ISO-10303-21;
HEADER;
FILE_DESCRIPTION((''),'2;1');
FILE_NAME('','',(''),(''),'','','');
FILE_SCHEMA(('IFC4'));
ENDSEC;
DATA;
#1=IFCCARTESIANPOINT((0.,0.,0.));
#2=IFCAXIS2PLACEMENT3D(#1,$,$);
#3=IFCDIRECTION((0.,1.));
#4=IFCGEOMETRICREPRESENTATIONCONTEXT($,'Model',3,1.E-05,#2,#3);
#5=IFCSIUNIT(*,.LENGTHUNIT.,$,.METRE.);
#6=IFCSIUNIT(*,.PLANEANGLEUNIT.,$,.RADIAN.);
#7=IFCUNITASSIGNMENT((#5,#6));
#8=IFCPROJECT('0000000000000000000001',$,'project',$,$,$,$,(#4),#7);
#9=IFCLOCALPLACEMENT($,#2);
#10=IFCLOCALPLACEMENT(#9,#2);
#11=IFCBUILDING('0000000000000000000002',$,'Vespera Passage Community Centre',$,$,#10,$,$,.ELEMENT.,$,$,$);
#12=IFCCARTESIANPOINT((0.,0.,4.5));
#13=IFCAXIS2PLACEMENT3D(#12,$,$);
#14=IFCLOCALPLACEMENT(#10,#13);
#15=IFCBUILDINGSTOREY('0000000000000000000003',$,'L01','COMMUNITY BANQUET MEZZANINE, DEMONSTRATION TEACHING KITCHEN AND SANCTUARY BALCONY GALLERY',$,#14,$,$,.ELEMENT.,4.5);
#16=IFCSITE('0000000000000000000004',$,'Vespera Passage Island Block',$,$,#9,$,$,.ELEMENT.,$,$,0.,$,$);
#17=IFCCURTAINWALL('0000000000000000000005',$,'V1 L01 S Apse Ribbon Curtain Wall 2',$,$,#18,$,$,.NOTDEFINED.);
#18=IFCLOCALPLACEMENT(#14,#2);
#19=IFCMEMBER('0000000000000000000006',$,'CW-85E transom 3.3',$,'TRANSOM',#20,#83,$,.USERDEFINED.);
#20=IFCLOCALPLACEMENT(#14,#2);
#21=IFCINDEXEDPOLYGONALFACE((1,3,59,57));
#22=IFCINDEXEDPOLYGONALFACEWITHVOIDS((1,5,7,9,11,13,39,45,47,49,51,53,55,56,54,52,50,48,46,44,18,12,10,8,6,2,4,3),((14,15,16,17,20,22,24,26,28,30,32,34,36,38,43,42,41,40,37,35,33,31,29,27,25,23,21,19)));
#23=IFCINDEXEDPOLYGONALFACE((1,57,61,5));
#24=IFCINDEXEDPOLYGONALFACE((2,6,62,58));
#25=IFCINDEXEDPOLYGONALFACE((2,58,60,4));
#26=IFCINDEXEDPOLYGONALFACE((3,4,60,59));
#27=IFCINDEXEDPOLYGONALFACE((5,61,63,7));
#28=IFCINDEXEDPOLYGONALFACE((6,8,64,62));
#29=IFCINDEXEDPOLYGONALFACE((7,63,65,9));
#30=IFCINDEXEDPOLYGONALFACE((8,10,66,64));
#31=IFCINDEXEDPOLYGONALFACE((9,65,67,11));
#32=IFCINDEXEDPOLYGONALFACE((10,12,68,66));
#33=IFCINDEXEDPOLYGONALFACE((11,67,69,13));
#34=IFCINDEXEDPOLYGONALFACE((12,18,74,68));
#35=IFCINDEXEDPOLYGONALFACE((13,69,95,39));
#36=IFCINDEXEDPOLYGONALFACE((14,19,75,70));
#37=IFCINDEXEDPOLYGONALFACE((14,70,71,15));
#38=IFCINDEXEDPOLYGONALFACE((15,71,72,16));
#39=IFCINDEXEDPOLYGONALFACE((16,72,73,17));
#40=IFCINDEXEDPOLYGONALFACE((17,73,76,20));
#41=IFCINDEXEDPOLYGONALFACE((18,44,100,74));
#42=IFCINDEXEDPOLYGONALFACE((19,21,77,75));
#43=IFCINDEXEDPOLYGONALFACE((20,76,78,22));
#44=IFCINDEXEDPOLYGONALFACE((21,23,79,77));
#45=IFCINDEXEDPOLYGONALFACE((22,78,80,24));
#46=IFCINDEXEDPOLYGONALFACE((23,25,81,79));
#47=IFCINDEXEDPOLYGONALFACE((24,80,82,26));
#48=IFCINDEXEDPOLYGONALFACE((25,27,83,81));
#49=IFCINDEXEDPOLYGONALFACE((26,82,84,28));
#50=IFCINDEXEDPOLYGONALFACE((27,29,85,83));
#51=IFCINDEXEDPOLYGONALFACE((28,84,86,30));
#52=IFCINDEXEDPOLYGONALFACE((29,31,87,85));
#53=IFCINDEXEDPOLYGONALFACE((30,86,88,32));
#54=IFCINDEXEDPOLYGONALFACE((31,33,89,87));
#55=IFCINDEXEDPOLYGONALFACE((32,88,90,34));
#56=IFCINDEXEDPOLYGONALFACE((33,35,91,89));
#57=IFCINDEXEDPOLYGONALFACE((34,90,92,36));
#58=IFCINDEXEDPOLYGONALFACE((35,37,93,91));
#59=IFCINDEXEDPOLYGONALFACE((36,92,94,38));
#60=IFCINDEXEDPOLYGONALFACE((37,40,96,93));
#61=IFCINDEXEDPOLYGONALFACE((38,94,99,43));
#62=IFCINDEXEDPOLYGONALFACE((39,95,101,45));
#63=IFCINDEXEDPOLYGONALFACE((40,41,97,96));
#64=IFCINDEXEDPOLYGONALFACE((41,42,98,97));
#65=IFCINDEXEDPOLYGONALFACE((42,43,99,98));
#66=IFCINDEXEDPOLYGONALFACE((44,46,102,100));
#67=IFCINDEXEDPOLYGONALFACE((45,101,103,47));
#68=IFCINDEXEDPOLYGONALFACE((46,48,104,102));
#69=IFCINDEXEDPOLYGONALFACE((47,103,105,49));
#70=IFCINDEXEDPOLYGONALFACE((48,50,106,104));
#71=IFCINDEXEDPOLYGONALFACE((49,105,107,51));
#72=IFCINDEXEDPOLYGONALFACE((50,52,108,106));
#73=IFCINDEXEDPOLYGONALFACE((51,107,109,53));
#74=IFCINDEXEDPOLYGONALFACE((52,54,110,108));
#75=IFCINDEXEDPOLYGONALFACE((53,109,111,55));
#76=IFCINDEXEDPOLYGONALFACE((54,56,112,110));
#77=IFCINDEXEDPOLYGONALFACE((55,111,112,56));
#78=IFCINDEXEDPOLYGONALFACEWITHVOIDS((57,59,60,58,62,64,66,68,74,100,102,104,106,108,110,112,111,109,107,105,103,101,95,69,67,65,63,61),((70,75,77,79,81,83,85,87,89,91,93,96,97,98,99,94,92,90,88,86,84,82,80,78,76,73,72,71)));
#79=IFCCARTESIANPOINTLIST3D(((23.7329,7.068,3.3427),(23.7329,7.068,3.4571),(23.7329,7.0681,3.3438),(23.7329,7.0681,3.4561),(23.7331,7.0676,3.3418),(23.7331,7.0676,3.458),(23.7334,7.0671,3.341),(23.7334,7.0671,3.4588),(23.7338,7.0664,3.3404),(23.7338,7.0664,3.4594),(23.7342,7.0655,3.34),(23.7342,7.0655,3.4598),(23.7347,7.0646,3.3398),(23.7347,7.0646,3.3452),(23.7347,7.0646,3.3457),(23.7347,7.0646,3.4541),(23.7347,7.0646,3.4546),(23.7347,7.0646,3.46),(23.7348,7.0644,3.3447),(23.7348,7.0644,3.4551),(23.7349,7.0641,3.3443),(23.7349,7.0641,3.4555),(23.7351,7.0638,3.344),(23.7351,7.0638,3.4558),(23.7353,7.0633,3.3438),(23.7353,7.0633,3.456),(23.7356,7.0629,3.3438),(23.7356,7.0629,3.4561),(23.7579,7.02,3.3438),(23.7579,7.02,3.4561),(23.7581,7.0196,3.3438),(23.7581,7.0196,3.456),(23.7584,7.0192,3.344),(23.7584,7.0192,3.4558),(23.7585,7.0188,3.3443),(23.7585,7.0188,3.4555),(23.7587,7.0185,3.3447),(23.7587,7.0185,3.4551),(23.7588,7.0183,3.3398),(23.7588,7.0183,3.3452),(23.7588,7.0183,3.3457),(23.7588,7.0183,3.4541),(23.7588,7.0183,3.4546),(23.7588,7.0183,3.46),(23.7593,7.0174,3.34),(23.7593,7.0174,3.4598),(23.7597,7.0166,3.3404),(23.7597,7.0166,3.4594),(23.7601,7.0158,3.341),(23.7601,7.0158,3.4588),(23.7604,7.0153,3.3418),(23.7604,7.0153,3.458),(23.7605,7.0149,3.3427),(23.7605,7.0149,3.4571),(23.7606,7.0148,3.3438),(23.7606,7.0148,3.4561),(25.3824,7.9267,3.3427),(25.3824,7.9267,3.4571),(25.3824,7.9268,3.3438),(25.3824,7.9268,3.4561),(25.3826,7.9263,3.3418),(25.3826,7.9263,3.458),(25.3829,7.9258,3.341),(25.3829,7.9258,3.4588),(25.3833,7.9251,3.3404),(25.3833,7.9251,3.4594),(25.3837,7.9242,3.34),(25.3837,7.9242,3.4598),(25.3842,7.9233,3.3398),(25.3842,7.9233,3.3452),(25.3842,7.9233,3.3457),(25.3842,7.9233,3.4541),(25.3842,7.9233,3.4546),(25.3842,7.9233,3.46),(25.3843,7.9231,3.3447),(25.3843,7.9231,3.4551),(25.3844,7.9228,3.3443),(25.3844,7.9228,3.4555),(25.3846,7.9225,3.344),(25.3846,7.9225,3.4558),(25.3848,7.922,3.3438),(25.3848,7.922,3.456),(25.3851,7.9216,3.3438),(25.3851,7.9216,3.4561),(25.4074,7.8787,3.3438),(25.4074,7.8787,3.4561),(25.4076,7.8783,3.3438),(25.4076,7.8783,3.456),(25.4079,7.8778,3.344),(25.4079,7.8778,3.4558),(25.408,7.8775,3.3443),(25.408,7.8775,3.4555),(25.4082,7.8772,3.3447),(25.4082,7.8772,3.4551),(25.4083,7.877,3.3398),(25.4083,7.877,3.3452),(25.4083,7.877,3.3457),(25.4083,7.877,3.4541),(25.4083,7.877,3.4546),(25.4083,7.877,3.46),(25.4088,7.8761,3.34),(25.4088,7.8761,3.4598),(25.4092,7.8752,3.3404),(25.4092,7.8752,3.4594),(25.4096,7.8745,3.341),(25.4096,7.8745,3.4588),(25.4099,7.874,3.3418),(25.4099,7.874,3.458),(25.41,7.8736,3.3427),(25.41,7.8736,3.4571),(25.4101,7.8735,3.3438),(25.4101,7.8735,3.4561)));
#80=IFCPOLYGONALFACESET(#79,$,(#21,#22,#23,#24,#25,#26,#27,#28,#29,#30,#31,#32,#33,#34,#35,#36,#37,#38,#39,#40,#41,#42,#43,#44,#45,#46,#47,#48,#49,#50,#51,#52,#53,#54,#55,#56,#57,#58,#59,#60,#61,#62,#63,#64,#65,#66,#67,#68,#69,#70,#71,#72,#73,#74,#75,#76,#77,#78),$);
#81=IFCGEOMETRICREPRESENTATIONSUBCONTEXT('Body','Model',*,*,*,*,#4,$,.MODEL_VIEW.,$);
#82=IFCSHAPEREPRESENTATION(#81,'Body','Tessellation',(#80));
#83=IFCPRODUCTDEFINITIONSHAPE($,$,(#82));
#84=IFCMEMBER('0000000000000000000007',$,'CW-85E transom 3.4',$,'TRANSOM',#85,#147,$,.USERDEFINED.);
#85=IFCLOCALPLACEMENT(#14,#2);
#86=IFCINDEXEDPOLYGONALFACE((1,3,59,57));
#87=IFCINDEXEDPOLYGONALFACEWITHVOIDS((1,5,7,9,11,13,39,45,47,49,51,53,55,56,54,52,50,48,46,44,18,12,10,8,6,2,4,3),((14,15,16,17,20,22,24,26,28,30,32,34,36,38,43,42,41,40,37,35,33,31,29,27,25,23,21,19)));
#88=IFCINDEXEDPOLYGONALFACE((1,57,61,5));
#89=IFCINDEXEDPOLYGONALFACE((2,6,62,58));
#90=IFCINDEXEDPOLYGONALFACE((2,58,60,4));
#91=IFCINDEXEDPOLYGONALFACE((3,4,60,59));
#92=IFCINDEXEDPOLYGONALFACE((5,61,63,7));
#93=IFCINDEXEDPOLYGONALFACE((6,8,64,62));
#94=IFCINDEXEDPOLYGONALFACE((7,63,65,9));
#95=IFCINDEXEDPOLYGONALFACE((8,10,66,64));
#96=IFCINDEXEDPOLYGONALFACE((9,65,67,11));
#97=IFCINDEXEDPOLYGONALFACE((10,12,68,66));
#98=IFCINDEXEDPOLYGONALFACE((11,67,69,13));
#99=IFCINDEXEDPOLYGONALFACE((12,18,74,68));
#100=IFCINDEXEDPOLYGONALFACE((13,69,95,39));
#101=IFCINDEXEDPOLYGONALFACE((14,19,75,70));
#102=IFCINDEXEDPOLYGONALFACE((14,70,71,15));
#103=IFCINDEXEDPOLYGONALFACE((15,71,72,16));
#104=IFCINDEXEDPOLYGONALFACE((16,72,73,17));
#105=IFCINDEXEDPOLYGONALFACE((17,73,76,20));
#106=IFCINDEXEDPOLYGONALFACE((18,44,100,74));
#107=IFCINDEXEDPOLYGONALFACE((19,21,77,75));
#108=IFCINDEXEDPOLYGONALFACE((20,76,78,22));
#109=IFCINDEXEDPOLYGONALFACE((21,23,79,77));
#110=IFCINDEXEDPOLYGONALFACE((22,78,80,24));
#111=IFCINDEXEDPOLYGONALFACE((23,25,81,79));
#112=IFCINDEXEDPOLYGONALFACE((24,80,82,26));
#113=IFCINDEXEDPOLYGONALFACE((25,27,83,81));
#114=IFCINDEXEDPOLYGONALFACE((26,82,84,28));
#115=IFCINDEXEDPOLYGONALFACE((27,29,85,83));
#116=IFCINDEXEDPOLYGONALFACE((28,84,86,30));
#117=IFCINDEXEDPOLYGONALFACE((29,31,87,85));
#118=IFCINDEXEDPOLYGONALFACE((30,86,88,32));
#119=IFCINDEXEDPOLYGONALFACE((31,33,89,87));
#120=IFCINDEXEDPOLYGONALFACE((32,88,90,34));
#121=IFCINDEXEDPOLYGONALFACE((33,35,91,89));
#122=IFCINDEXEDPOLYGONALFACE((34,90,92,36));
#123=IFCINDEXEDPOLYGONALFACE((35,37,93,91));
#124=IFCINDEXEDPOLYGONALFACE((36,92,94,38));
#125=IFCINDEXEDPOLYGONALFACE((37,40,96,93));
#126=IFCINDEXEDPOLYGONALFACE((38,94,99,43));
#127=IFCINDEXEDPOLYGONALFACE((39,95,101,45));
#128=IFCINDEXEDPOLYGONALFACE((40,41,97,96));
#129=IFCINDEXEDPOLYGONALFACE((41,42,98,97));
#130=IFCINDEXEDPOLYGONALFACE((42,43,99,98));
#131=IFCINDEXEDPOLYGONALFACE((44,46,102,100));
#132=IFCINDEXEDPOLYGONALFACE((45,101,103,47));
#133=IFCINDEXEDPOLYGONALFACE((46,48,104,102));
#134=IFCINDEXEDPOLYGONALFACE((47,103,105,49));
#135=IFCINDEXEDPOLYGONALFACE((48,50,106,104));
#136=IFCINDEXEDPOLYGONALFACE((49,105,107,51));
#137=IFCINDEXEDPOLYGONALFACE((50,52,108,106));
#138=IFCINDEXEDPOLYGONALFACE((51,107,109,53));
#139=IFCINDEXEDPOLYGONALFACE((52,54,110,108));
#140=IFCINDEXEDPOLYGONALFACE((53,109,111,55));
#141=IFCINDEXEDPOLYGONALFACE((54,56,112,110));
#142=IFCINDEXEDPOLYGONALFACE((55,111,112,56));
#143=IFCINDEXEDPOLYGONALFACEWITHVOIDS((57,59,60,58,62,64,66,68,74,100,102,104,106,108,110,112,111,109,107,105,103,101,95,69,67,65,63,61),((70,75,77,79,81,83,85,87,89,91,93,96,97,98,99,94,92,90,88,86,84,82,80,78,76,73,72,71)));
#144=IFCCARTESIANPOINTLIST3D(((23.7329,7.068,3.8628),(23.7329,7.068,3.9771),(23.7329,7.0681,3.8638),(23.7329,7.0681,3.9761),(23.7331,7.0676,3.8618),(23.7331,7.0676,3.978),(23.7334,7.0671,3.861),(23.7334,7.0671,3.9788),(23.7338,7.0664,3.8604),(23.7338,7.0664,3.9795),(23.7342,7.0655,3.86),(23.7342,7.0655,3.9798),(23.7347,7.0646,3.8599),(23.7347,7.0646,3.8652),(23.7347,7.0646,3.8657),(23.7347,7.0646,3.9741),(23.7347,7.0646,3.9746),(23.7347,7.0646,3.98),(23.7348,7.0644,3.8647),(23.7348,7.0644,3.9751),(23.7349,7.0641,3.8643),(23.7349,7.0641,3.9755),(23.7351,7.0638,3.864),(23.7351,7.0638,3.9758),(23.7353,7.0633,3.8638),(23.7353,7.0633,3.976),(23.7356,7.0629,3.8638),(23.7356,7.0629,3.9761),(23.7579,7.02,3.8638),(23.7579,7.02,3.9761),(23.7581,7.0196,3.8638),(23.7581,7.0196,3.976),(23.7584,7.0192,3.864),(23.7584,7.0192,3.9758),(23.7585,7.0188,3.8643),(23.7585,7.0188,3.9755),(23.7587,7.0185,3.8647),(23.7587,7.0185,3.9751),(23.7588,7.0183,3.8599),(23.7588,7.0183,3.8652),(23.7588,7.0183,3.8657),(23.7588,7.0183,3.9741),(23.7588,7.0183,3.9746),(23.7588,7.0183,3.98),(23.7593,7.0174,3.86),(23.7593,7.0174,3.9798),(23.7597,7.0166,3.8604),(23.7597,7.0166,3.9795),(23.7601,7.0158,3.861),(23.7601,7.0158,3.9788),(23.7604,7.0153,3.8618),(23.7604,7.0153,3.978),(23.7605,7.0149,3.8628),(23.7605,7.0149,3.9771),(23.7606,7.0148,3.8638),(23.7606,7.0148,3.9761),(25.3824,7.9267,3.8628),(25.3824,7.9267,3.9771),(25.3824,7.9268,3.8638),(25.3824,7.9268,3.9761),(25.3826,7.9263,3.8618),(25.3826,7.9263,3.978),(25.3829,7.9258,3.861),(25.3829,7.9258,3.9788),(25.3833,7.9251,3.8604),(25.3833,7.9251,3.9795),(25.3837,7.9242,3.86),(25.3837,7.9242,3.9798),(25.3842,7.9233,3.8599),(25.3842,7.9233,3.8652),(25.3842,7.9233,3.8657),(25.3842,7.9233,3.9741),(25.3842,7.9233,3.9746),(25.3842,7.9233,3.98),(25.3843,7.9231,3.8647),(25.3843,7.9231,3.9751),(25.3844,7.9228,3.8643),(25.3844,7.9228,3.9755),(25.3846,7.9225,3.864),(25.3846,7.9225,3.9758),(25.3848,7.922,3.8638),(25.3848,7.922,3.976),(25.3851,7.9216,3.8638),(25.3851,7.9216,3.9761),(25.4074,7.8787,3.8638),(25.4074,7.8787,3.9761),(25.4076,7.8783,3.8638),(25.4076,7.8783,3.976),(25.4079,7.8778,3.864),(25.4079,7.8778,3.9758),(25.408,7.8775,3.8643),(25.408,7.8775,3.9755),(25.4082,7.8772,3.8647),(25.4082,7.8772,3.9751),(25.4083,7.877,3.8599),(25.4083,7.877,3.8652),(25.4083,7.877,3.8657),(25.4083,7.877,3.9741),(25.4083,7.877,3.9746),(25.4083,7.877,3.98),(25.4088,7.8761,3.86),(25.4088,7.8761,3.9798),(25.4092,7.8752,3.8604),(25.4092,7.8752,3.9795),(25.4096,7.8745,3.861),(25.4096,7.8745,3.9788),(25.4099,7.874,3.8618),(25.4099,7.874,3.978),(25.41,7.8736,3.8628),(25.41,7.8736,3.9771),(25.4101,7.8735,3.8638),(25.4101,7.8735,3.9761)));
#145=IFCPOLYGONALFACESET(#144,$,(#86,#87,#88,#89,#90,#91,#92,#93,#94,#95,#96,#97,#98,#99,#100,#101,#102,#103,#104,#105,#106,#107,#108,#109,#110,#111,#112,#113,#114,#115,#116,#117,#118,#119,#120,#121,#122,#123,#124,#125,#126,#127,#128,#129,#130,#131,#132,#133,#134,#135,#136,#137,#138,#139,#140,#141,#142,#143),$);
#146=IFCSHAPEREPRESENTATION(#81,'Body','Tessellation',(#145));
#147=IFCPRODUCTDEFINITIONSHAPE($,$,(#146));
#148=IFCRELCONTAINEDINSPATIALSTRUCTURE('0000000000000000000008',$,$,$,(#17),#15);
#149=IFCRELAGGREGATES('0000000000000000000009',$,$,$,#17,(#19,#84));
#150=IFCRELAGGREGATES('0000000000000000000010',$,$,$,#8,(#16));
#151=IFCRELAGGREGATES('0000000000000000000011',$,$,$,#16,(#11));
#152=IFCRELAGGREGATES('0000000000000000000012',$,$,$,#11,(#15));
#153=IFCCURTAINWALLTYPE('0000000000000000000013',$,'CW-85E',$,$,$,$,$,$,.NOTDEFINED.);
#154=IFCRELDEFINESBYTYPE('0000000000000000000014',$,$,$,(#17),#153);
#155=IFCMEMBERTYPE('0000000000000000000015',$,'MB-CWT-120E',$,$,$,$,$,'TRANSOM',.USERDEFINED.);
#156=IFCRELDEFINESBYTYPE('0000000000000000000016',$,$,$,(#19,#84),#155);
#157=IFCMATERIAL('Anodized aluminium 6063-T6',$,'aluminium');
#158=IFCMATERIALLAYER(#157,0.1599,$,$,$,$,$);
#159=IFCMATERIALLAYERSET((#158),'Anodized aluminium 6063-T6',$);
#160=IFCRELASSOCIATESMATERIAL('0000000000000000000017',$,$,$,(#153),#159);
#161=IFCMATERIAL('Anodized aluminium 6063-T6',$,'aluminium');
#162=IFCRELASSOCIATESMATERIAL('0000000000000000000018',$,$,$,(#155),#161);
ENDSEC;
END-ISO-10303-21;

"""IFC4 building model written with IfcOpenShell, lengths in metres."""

from ifc_helpers import new_model, si_unit, direction, frame, origin, origin_2d, place, context, subcontext, project, spatial, hollow_rectangle, extrude, material, layer, layer_set, material_profile, profile_set, type_object, element, aggregate, save


model = new_model("IFC4")

# Units and contexts
model_context = context("Model", 3, precision=1e-05, world=origin(), true_north=direction((0.0, 1.0)))
body_context = subcontext(model_context, "Body", "Model", "MODEL_VIEW")
ifc_project = project(units=[si_unit("LENGTHUNIT", "METRE"), si_unit("PLANEANGLEUNIT", "RADIAN")], contexts=[model_context])

# Site, building, storey
site_placement = place(None, origin())
site = spatial("IfcSite", under=ifc_project, at=site_placement, Name="Vespera Passage Island Block", CompositionType="ELEMENT", RefElevation=0.0)
building_placement = place(site_placement, origin())
building = spatial("IfcBuilding", under=site, at=building_placement, Name="Vespera Passage Community Centre", CompositionType="ELEMENT")
storey_placement = place(building_placement, frame((0.0, 0.0, 4.5)))
storey = spatial("IfcBuildingStorey", under=building, at=storey_placement, Name="L01", Description="COMMUNITY BANQUET MEZZANINE, DEMONSTRATION TEACHING KITCHEN AND SANCTUARY BALCONY GALLERY", CompositionType="ELEMENT", Elevation=4.5)

# Curtain wall, members
ifc_material_1 = material(Name="Anodized aluminium 6063-T6", Category="aluminium")
ifc_layer_1 = layer(ifc_material_1, 0.1599)
ifc_layer_set_1 = layer_set([ifc_layer_1], Name="Anodized aluminium 6063-T6")
curtain_wall_type = type_object("IfcCurtainWallType", Name="CW-85E", PredefinedType="NOTDEFINED", material=ifc_layer_set_1)
curtain_wall_placement = place(storey_placement, origin())
curtain_wall = element("IfcCurtainWall", 1, at=curtain_wall_placement, inside=storey, type_object=curtain_wall_type, Name="V1 L01 S Apse Ribbon Curtain Wall 2", PredefinedType="NOTDEFINED")
ifc_material_2 = material(Name="Anodized aluminium 6063-T6", Category="aluminium")
ifc_material_profile_1 = material_profile(ifc_material_2, hollow_rectangle(XDim=0.0601, YDim=0.1201, WallThickness=0.0039, InnerFilletRadius=0.002, OuterFilletRadius=0.0039, at=origin_2d()), Name="ALU120X60X4")
ifc_profile_set_1 = profile_set([ifc_material_profile_1], Name="Anodized aluminium 6063-T6")
member_type_1 = type_object("IfcMemberType", Name="MB-CWT-120E", ElementType="TRANSOM", PredefinedType="USERDEFINED", material=ifc_profile_set_1)
member_1_placement = place(storey_placement, frame((25.3962, 7.9001, 3.3999), z_axis=(-0.887008, -0.461754, 0.0), x_axis=(0.461754, -0.887008, 0.0)))
member_1 = element("IfcMember", 2, at=member_1_placement, type_object=member_type_1, Name="CW-85E transom 3.3", ObjectType="TRANSOM", PredefinedType="USERDEFINED", context=body_context, shape_type="SweptSolid", body=[
    extrude(hollow_rectangle(XDim=0.0601, YDim=0.1201, WallThickness=0.0039, InnerFilletRadius=0.002, OuterFilletRadius=0.0039, at=origin_2d()), origin(), (0.0, 0.0, 1.0), 1.8596),
])
member_2_placement = place(storey_placement, frame((25.3962, 7.9001, 3.9199), z_axis=(-0.887008, -0.461754, 0.0), x_axis=(0.461754, -0.887008, 0.0)))
member_2 = element("IfcMember", 3, at=member_2_placement, type_object=member_type_1, Name="CW-85E transom 3.4", ObjectType="TRANSOM", PredefinedType="USERDEFINED", context=body_context, shape_type="SweptSolid", body=[
    extrude(hollow_rectangle(XDim=0.0601, YDim=0.1201, WallThickness=0.0039, InnerFilletRadius=0.002, OuterFilletRadius=0.0039, at=origin_2d()), origin(), (0.0, 0.0, 1.0), 1.8596),
])
aggregate(curtain_wall, [member_1, member_2])

save(model, "model.ifc")
